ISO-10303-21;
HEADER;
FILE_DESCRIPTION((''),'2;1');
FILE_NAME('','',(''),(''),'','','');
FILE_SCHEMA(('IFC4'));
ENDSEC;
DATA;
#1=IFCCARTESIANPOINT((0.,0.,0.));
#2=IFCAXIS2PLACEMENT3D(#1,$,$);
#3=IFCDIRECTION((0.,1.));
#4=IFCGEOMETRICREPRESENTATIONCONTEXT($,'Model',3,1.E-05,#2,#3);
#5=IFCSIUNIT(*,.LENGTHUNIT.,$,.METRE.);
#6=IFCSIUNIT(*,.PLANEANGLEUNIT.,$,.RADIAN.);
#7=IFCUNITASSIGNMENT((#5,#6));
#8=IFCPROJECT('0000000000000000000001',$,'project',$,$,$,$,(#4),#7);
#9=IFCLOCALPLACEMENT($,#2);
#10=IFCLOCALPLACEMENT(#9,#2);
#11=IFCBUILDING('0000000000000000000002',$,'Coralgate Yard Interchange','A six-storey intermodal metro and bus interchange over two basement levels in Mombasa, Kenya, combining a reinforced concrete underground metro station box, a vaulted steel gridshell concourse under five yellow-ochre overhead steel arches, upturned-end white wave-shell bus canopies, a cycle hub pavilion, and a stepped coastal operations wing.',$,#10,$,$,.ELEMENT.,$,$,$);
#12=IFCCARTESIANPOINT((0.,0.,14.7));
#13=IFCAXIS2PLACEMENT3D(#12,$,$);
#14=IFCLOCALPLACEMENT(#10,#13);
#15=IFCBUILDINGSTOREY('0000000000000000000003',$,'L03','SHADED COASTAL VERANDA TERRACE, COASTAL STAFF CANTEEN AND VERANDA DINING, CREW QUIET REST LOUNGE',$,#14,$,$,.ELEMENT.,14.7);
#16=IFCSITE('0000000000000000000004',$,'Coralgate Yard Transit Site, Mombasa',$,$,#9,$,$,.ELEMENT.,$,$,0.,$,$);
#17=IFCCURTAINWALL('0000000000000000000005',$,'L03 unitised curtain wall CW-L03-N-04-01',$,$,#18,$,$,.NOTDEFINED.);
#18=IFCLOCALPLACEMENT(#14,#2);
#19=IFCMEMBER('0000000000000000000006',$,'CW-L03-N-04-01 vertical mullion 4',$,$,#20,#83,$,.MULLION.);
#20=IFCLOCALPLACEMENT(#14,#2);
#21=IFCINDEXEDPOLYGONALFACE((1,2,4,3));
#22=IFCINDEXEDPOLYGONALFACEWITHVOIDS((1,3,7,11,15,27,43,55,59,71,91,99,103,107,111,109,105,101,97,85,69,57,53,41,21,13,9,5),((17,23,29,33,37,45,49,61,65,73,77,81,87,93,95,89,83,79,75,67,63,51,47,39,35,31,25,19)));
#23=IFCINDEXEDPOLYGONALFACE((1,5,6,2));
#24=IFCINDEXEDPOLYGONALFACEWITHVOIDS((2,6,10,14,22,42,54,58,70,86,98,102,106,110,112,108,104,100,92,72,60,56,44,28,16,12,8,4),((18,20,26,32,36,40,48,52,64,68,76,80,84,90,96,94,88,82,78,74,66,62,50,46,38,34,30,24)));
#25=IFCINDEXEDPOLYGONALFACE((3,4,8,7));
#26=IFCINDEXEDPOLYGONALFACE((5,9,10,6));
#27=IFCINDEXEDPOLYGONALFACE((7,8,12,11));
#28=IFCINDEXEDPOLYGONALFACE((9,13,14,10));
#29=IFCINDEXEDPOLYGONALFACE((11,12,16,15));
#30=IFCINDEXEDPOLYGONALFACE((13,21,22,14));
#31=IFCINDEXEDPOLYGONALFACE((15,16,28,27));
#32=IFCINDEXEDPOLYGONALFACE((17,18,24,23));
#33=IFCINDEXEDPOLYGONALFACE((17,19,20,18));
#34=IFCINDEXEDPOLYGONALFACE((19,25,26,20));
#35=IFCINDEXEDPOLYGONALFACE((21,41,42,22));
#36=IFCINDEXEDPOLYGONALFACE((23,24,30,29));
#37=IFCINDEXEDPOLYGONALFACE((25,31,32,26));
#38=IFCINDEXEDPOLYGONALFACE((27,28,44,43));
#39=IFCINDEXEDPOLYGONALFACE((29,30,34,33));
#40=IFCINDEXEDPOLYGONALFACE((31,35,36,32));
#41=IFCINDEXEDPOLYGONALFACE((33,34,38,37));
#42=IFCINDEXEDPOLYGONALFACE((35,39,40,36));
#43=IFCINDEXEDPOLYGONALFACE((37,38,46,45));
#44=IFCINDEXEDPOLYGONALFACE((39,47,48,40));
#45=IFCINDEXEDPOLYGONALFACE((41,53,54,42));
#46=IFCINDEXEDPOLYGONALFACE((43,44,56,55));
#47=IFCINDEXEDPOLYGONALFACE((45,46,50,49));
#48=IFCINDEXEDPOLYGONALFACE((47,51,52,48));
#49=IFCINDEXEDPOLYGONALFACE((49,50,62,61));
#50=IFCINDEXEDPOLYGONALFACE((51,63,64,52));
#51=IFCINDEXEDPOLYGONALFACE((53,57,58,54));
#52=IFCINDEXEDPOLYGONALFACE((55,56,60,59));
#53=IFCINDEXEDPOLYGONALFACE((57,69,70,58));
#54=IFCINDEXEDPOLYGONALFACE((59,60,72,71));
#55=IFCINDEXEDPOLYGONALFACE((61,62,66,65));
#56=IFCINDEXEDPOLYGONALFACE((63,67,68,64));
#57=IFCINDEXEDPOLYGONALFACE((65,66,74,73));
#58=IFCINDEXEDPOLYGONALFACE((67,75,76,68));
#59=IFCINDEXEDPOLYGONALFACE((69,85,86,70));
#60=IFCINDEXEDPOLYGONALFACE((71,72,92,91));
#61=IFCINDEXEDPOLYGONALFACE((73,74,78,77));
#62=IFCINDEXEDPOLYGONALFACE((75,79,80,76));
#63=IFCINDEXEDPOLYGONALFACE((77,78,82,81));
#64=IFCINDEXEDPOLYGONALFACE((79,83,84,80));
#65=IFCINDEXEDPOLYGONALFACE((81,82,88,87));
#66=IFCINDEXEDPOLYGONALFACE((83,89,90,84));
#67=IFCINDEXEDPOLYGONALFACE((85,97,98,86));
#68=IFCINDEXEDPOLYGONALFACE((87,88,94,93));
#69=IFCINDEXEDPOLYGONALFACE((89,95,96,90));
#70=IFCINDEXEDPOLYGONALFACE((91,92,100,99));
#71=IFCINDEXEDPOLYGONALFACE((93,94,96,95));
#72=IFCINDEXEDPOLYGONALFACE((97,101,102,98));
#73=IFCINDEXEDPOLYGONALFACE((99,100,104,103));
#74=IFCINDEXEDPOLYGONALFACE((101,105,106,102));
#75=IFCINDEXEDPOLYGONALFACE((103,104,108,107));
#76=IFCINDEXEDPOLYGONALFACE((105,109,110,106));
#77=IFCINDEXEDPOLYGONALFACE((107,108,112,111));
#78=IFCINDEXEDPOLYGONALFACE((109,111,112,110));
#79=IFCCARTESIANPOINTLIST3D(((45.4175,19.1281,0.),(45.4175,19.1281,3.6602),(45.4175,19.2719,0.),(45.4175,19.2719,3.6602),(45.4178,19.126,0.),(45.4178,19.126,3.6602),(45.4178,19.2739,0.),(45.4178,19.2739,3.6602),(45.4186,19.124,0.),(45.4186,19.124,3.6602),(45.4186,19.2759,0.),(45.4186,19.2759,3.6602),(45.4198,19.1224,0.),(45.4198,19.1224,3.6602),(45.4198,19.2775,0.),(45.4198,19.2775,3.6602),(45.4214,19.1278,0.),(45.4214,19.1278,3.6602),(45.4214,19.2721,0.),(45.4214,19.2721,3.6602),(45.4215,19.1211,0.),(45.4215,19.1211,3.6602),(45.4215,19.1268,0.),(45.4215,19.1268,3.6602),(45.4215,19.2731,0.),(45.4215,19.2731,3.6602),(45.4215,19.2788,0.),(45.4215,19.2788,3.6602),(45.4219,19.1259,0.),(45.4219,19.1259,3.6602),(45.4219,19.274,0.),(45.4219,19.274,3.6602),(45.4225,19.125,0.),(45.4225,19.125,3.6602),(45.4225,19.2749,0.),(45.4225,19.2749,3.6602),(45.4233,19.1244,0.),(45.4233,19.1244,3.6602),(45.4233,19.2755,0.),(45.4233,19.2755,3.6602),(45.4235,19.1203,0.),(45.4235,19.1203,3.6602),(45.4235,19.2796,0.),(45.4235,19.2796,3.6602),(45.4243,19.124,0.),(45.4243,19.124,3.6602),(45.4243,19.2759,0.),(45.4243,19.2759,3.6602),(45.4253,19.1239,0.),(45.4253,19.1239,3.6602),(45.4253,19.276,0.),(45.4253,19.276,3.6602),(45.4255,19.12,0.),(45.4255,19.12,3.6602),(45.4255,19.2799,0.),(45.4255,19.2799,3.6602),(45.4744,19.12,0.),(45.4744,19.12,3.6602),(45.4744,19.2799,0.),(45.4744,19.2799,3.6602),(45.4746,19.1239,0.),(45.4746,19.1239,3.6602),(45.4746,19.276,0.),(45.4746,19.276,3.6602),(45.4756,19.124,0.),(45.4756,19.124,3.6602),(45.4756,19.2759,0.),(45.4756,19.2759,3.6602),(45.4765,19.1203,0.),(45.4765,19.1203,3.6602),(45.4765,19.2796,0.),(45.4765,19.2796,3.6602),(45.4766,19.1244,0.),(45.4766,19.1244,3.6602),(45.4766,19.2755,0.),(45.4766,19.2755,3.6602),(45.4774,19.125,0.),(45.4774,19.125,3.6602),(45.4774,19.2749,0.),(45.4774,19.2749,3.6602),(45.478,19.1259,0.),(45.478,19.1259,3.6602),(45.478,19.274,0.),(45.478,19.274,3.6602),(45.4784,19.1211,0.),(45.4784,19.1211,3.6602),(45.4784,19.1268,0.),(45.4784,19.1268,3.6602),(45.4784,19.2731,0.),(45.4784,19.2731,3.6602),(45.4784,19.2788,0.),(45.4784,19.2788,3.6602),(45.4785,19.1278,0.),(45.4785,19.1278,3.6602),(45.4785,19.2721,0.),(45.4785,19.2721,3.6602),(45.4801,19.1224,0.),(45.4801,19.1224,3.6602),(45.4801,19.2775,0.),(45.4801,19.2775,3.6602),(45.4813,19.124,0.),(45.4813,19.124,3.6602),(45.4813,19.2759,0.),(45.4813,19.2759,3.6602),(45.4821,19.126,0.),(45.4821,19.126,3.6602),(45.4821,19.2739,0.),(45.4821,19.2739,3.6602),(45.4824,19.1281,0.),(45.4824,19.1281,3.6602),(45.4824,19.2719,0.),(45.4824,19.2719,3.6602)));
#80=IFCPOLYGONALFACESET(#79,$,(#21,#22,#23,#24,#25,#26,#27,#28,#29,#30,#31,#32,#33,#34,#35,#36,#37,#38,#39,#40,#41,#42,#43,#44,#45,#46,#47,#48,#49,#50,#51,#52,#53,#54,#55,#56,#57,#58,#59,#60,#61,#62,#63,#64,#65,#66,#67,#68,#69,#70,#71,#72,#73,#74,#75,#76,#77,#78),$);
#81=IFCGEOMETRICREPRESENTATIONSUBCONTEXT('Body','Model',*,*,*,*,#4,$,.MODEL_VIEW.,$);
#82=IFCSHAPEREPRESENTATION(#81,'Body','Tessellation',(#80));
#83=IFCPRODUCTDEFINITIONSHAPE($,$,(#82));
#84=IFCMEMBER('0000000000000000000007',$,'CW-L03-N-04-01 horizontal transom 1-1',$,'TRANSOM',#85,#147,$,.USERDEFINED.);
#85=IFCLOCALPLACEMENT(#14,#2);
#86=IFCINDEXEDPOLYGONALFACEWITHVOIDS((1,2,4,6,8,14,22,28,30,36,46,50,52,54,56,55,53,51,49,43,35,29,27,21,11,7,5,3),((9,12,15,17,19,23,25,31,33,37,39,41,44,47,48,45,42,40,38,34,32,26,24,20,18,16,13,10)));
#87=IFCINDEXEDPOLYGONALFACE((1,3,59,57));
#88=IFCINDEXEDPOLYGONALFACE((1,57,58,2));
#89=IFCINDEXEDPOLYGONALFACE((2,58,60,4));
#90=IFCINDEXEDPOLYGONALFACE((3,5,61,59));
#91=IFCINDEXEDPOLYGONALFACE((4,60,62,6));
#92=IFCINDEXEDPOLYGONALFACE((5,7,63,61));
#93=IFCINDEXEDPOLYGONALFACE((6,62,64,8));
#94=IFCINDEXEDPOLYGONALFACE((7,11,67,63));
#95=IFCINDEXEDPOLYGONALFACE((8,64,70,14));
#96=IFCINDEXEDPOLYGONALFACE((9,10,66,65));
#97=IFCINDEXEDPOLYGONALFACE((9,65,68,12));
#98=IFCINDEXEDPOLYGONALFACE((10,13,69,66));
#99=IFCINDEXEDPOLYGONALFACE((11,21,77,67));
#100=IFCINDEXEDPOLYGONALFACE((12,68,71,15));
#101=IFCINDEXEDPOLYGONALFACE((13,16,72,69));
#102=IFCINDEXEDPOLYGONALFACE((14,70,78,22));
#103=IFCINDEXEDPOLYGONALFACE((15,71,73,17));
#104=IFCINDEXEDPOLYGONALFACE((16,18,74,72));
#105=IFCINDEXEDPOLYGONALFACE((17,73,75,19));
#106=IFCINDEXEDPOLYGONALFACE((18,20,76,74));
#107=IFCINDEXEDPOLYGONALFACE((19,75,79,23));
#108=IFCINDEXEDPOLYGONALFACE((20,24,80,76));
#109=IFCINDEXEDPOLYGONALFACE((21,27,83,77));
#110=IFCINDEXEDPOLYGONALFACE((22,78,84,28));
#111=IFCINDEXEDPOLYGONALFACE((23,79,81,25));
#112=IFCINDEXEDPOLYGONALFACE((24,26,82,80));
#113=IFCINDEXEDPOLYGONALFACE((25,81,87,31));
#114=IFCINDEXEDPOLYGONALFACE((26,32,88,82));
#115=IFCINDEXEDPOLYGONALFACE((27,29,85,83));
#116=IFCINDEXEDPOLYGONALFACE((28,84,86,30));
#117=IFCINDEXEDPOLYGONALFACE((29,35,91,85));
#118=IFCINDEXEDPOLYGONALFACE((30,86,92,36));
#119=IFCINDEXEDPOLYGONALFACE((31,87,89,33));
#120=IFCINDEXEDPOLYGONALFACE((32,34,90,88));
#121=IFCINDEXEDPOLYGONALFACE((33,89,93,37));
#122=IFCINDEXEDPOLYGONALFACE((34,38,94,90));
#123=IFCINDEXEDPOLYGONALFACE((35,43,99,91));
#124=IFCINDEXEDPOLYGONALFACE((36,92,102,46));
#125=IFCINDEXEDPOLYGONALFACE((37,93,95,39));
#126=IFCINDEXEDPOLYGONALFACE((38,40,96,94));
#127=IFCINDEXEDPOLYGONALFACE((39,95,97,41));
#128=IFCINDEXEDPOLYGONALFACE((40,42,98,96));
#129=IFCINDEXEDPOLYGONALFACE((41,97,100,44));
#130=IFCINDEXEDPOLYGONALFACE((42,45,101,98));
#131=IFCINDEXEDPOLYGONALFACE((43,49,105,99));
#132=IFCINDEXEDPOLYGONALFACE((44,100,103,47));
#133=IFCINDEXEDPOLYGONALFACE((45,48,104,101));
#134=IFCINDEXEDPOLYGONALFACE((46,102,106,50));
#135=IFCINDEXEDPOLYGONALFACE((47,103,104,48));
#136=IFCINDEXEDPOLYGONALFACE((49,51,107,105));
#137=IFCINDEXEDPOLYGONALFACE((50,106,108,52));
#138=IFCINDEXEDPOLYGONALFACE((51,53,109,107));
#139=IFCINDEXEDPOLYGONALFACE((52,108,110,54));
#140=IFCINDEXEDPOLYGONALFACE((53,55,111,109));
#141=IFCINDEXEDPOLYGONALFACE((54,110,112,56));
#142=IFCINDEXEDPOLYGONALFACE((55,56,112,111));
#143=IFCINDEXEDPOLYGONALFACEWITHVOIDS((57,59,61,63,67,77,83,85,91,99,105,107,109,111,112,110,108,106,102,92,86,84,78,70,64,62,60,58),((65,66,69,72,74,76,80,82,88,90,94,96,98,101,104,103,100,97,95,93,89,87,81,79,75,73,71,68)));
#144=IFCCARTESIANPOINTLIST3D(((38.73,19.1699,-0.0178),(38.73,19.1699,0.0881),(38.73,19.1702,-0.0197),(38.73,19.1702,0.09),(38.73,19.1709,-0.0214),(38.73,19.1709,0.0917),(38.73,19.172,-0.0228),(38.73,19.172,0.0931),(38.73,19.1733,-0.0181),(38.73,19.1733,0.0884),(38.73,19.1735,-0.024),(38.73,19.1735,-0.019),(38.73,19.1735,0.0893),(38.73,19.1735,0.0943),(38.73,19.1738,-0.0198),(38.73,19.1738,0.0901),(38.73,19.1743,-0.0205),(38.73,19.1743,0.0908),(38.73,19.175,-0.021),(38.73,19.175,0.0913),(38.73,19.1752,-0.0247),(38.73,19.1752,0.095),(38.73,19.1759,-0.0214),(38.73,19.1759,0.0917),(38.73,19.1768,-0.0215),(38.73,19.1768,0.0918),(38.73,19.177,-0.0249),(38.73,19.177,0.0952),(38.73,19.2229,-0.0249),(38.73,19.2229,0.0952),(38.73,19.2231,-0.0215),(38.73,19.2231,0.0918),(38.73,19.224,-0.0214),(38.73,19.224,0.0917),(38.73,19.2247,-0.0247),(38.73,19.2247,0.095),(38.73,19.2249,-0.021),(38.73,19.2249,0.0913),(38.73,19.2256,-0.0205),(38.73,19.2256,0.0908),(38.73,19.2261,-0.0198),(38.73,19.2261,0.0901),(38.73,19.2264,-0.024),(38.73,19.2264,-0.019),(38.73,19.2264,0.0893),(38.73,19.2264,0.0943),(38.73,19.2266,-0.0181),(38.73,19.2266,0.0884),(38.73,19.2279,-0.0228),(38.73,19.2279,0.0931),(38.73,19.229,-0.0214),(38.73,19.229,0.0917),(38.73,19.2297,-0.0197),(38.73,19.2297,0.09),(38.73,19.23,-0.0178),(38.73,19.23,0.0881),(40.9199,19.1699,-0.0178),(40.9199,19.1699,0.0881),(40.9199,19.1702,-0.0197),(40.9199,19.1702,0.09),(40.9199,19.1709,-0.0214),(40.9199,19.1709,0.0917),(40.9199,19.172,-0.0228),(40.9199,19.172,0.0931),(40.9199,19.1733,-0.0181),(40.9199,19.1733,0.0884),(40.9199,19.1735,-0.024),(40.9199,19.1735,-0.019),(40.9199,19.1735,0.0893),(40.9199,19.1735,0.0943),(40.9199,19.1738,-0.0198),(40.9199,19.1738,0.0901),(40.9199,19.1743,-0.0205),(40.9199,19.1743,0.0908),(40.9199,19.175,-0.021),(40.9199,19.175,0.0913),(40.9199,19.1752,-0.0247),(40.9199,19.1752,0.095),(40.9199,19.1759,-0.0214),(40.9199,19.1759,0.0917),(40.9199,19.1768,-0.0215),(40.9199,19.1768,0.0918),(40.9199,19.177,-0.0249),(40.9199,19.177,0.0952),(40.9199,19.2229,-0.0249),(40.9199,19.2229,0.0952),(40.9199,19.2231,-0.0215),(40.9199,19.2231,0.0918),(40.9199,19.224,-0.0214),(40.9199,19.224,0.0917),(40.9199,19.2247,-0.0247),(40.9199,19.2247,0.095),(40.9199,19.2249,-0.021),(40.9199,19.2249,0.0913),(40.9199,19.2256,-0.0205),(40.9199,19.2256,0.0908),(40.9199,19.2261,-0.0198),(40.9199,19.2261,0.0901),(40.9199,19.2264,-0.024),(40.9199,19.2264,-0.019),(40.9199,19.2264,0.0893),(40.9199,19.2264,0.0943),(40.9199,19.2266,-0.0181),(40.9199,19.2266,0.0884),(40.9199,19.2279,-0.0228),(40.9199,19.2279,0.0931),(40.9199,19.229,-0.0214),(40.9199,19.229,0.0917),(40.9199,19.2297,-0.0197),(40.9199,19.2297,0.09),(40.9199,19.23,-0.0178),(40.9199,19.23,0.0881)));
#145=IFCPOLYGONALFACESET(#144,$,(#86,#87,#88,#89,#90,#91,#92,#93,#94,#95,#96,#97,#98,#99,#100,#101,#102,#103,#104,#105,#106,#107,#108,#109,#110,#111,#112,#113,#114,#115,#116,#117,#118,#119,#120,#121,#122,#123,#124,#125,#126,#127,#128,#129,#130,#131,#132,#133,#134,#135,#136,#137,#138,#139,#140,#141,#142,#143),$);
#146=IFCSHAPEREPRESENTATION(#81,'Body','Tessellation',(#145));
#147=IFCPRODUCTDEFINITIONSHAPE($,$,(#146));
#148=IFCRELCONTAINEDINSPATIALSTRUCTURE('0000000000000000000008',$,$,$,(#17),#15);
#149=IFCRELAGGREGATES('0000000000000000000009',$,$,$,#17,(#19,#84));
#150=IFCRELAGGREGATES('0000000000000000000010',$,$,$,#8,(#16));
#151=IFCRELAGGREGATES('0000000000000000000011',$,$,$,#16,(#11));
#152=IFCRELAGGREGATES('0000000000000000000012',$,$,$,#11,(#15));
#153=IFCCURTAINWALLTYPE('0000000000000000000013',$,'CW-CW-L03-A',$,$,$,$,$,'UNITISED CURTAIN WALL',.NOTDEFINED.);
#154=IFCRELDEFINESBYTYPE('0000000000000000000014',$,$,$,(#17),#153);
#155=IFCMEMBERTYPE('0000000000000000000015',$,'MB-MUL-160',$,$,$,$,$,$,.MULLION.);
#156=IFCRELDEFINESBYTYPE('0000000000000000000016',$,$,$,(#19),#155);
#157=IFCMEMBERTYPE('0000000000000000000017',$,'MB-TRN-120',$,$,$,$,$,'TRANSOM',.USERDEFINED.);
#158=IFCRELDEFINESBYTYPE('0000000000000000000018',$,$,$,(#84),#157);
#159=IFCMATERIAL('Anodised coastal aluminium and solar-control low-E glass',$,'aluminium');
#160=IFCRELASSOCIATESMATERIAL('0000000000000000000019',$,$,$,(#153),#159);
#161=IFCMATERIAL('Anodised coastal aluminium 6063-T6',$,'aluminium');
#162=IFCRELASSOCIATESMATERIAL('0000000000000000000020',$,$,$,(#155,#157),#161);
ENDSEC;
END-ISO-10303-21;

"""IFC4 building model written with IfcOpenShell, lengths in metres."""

from ifc_helpers import new_model, si_unit, direction, frame, origin, origin_2d, place, context, subcontext, project, spatial, hollow_rectangle, extrude, material, material_profile, profile_set, type_object, element, aggregate, save


model = new_model("IFC4")

# Units and contexts
model_context = context("Model", 3, precision=1e-05, world=origin(), true_north=direction((0.0, 1.0)))
body_context = subcontext(model_context, "Body", "Model", "MODEL_VIEW")
ifc_project = project(units=[si_unit("LENGTHUNIT", "METRE"), si_unit("PLANEANGLEUNIT", "RADIAN")], contexts=[model_context])

# Site, building, storey
site_placement = place(None, origin())
site = spatial("IfcSite", under=ifc_project, at=site_placement, Name="Coralgate Yard Transit Site, Mombasa", CompositionType="ELEMENT", RefElevation=0.0)
building_placement = place(site_placement, origin())
building = spatial("IfcBuilding", under=site, at=building_placement, Name="Coralgate Yard Interchange", Description="A six-storey intermodal metro and bus interchange over two basement levels in Mombasa, Kenya, combining a reinforced concrete underground metro station box, a vaulted steel gridshell concourse under five yellow-ochre overhead steel arches, upturned-end white wave-shell bus canopies, a cycle hub pavilion, and a stepped coastal operations wing.", CompositionType="ELEMENT")
storey_placement = place(building_placement, frame((0.0, 0.0, 14.7)))
storey = spatial("IfcBuildingStorey", under=building, at=storey_placement, Name="L03", Description="SHADED COASTAL VERANDA TERRACE, COASTAL STAFF CANTEEN AND VERANDA DINING, CREW QUIET REST LOUNGE", CompositionType="ELEMENT", Elevation=14.7)

# Curtain wall, members
ifc_material_1 = material(Name="Anodised coastal aluminium and solar-control low-E glass", Category="aluminium")
curtain_wall_type = type_object("IfcCurtainWallType", Name="CW-CW-L03-A", ElementType="UNITISED CURTAIN WALL", PredefinedType="NOTDEFINED", material=ifc_material_1)
curtain_wall_placement = place(storey_placement, origin())
curtain_wall = element("IfcCurtainWall", 1, at=curtain_wall_placement, inside=storey, type_object=curtain_wall_type, Name="L03 unitised curtain wall CW-L03-N-04-01", PredefinedType="NOTDEFINED")
ifc_material_2 = material(Name="Anodised coastal aluminium 6063-T6", Category="aluminium")
ifc_material_profile_1 = material_profile(ifc_material_2, hollow_rectangle(XDim=0.0649, YDim=0.1599, WallThickness=0.0039, InnerFilletRadius=0.0039, OuterFilletRadius=0.0081, at=origin_2d()), Name="ALU 65x160x4")
ifc_profile_set_1 = profile_set([ifc_material_profile_1], Name="Anodised coastal aluminium 6063-T6")
member_type_1 = type_object("IfcMemberType", Name="MB-MUL-160", PredefinedType="MULLION", material=ifc_profile_set_1)
member_1_placement = place(storey_placement, frame((45.45, 19.2, 0.0), z_axis=(0.0, 0.0, 1.0), x_axis=(1.0, 0.0, 0.0)))
member_1 = element("IfcMember", 2, at=member_1_placement, type_object=member_type_1, Name="CW-L03-N-04-01 vertical mullion 4", PredefinedType="MULLION", context=body_context, shape_type="SweptSolid", body=[
    extrude(hollow_rectangle(XDim=0.0649, YDim=0.1599, WallThickness=0.0039, InnerFilletRadius=0.0039, OuterFilletRadius=0.0081, at=origin_2d()), origin(), (0.0, 0.0, 1.0), 3.6602),
])
ifc_material_profile_2 = material_profile(ifc_material_2, hollow_rectangle(XDim=0.0601, YDim=0.1201, WallThickness=0.0034, InnerFilletRadius=0.0034, OuterFilletRadius=0.0071, at=origin_2d()), Name="ALU 60x120x3.5")
ifc_profile_set_2 = profile_set([ifc_material_profile_2], Name="Anodised coastal aluminium 6063-T6")
member_type_2 = type_object("IfcMemberType", Name="MB-TRN-120", ElementType="TRANSOM", PredefinedType="USERDEFINED", material=ifc_profile_set_2)
member_2_placement = place(storey_placement, frame((38.73, 19.2, 0.0352), z_axis=(1.0, 0.0, 0.0), x_axis=(0.0, 1.0, 0.0)))
member_2 = element("IfcMember", 3, at=member_2_placement, type_object=member_type_2, Name="CW-L03-N-04-01 horizontal transom 1-1", ObjectType="TRANSOM", PredefinedType="USERDEFINED", context=body_context, shape_type="SweptSolid", body=[
    extrude(hollow_rectangle(XDim=0.0601, YDim=0.1201, WallThickness=0.0034, InnerFilletRadius=0.0034, OuterFilletRadius=0.0071, at=origin_2d()), origin(), (0.0, 0.0, 1.0), 2.1899),
])
aggregate(curtain_wall, [member_1, member_2])

save(model, "model.ifc")
